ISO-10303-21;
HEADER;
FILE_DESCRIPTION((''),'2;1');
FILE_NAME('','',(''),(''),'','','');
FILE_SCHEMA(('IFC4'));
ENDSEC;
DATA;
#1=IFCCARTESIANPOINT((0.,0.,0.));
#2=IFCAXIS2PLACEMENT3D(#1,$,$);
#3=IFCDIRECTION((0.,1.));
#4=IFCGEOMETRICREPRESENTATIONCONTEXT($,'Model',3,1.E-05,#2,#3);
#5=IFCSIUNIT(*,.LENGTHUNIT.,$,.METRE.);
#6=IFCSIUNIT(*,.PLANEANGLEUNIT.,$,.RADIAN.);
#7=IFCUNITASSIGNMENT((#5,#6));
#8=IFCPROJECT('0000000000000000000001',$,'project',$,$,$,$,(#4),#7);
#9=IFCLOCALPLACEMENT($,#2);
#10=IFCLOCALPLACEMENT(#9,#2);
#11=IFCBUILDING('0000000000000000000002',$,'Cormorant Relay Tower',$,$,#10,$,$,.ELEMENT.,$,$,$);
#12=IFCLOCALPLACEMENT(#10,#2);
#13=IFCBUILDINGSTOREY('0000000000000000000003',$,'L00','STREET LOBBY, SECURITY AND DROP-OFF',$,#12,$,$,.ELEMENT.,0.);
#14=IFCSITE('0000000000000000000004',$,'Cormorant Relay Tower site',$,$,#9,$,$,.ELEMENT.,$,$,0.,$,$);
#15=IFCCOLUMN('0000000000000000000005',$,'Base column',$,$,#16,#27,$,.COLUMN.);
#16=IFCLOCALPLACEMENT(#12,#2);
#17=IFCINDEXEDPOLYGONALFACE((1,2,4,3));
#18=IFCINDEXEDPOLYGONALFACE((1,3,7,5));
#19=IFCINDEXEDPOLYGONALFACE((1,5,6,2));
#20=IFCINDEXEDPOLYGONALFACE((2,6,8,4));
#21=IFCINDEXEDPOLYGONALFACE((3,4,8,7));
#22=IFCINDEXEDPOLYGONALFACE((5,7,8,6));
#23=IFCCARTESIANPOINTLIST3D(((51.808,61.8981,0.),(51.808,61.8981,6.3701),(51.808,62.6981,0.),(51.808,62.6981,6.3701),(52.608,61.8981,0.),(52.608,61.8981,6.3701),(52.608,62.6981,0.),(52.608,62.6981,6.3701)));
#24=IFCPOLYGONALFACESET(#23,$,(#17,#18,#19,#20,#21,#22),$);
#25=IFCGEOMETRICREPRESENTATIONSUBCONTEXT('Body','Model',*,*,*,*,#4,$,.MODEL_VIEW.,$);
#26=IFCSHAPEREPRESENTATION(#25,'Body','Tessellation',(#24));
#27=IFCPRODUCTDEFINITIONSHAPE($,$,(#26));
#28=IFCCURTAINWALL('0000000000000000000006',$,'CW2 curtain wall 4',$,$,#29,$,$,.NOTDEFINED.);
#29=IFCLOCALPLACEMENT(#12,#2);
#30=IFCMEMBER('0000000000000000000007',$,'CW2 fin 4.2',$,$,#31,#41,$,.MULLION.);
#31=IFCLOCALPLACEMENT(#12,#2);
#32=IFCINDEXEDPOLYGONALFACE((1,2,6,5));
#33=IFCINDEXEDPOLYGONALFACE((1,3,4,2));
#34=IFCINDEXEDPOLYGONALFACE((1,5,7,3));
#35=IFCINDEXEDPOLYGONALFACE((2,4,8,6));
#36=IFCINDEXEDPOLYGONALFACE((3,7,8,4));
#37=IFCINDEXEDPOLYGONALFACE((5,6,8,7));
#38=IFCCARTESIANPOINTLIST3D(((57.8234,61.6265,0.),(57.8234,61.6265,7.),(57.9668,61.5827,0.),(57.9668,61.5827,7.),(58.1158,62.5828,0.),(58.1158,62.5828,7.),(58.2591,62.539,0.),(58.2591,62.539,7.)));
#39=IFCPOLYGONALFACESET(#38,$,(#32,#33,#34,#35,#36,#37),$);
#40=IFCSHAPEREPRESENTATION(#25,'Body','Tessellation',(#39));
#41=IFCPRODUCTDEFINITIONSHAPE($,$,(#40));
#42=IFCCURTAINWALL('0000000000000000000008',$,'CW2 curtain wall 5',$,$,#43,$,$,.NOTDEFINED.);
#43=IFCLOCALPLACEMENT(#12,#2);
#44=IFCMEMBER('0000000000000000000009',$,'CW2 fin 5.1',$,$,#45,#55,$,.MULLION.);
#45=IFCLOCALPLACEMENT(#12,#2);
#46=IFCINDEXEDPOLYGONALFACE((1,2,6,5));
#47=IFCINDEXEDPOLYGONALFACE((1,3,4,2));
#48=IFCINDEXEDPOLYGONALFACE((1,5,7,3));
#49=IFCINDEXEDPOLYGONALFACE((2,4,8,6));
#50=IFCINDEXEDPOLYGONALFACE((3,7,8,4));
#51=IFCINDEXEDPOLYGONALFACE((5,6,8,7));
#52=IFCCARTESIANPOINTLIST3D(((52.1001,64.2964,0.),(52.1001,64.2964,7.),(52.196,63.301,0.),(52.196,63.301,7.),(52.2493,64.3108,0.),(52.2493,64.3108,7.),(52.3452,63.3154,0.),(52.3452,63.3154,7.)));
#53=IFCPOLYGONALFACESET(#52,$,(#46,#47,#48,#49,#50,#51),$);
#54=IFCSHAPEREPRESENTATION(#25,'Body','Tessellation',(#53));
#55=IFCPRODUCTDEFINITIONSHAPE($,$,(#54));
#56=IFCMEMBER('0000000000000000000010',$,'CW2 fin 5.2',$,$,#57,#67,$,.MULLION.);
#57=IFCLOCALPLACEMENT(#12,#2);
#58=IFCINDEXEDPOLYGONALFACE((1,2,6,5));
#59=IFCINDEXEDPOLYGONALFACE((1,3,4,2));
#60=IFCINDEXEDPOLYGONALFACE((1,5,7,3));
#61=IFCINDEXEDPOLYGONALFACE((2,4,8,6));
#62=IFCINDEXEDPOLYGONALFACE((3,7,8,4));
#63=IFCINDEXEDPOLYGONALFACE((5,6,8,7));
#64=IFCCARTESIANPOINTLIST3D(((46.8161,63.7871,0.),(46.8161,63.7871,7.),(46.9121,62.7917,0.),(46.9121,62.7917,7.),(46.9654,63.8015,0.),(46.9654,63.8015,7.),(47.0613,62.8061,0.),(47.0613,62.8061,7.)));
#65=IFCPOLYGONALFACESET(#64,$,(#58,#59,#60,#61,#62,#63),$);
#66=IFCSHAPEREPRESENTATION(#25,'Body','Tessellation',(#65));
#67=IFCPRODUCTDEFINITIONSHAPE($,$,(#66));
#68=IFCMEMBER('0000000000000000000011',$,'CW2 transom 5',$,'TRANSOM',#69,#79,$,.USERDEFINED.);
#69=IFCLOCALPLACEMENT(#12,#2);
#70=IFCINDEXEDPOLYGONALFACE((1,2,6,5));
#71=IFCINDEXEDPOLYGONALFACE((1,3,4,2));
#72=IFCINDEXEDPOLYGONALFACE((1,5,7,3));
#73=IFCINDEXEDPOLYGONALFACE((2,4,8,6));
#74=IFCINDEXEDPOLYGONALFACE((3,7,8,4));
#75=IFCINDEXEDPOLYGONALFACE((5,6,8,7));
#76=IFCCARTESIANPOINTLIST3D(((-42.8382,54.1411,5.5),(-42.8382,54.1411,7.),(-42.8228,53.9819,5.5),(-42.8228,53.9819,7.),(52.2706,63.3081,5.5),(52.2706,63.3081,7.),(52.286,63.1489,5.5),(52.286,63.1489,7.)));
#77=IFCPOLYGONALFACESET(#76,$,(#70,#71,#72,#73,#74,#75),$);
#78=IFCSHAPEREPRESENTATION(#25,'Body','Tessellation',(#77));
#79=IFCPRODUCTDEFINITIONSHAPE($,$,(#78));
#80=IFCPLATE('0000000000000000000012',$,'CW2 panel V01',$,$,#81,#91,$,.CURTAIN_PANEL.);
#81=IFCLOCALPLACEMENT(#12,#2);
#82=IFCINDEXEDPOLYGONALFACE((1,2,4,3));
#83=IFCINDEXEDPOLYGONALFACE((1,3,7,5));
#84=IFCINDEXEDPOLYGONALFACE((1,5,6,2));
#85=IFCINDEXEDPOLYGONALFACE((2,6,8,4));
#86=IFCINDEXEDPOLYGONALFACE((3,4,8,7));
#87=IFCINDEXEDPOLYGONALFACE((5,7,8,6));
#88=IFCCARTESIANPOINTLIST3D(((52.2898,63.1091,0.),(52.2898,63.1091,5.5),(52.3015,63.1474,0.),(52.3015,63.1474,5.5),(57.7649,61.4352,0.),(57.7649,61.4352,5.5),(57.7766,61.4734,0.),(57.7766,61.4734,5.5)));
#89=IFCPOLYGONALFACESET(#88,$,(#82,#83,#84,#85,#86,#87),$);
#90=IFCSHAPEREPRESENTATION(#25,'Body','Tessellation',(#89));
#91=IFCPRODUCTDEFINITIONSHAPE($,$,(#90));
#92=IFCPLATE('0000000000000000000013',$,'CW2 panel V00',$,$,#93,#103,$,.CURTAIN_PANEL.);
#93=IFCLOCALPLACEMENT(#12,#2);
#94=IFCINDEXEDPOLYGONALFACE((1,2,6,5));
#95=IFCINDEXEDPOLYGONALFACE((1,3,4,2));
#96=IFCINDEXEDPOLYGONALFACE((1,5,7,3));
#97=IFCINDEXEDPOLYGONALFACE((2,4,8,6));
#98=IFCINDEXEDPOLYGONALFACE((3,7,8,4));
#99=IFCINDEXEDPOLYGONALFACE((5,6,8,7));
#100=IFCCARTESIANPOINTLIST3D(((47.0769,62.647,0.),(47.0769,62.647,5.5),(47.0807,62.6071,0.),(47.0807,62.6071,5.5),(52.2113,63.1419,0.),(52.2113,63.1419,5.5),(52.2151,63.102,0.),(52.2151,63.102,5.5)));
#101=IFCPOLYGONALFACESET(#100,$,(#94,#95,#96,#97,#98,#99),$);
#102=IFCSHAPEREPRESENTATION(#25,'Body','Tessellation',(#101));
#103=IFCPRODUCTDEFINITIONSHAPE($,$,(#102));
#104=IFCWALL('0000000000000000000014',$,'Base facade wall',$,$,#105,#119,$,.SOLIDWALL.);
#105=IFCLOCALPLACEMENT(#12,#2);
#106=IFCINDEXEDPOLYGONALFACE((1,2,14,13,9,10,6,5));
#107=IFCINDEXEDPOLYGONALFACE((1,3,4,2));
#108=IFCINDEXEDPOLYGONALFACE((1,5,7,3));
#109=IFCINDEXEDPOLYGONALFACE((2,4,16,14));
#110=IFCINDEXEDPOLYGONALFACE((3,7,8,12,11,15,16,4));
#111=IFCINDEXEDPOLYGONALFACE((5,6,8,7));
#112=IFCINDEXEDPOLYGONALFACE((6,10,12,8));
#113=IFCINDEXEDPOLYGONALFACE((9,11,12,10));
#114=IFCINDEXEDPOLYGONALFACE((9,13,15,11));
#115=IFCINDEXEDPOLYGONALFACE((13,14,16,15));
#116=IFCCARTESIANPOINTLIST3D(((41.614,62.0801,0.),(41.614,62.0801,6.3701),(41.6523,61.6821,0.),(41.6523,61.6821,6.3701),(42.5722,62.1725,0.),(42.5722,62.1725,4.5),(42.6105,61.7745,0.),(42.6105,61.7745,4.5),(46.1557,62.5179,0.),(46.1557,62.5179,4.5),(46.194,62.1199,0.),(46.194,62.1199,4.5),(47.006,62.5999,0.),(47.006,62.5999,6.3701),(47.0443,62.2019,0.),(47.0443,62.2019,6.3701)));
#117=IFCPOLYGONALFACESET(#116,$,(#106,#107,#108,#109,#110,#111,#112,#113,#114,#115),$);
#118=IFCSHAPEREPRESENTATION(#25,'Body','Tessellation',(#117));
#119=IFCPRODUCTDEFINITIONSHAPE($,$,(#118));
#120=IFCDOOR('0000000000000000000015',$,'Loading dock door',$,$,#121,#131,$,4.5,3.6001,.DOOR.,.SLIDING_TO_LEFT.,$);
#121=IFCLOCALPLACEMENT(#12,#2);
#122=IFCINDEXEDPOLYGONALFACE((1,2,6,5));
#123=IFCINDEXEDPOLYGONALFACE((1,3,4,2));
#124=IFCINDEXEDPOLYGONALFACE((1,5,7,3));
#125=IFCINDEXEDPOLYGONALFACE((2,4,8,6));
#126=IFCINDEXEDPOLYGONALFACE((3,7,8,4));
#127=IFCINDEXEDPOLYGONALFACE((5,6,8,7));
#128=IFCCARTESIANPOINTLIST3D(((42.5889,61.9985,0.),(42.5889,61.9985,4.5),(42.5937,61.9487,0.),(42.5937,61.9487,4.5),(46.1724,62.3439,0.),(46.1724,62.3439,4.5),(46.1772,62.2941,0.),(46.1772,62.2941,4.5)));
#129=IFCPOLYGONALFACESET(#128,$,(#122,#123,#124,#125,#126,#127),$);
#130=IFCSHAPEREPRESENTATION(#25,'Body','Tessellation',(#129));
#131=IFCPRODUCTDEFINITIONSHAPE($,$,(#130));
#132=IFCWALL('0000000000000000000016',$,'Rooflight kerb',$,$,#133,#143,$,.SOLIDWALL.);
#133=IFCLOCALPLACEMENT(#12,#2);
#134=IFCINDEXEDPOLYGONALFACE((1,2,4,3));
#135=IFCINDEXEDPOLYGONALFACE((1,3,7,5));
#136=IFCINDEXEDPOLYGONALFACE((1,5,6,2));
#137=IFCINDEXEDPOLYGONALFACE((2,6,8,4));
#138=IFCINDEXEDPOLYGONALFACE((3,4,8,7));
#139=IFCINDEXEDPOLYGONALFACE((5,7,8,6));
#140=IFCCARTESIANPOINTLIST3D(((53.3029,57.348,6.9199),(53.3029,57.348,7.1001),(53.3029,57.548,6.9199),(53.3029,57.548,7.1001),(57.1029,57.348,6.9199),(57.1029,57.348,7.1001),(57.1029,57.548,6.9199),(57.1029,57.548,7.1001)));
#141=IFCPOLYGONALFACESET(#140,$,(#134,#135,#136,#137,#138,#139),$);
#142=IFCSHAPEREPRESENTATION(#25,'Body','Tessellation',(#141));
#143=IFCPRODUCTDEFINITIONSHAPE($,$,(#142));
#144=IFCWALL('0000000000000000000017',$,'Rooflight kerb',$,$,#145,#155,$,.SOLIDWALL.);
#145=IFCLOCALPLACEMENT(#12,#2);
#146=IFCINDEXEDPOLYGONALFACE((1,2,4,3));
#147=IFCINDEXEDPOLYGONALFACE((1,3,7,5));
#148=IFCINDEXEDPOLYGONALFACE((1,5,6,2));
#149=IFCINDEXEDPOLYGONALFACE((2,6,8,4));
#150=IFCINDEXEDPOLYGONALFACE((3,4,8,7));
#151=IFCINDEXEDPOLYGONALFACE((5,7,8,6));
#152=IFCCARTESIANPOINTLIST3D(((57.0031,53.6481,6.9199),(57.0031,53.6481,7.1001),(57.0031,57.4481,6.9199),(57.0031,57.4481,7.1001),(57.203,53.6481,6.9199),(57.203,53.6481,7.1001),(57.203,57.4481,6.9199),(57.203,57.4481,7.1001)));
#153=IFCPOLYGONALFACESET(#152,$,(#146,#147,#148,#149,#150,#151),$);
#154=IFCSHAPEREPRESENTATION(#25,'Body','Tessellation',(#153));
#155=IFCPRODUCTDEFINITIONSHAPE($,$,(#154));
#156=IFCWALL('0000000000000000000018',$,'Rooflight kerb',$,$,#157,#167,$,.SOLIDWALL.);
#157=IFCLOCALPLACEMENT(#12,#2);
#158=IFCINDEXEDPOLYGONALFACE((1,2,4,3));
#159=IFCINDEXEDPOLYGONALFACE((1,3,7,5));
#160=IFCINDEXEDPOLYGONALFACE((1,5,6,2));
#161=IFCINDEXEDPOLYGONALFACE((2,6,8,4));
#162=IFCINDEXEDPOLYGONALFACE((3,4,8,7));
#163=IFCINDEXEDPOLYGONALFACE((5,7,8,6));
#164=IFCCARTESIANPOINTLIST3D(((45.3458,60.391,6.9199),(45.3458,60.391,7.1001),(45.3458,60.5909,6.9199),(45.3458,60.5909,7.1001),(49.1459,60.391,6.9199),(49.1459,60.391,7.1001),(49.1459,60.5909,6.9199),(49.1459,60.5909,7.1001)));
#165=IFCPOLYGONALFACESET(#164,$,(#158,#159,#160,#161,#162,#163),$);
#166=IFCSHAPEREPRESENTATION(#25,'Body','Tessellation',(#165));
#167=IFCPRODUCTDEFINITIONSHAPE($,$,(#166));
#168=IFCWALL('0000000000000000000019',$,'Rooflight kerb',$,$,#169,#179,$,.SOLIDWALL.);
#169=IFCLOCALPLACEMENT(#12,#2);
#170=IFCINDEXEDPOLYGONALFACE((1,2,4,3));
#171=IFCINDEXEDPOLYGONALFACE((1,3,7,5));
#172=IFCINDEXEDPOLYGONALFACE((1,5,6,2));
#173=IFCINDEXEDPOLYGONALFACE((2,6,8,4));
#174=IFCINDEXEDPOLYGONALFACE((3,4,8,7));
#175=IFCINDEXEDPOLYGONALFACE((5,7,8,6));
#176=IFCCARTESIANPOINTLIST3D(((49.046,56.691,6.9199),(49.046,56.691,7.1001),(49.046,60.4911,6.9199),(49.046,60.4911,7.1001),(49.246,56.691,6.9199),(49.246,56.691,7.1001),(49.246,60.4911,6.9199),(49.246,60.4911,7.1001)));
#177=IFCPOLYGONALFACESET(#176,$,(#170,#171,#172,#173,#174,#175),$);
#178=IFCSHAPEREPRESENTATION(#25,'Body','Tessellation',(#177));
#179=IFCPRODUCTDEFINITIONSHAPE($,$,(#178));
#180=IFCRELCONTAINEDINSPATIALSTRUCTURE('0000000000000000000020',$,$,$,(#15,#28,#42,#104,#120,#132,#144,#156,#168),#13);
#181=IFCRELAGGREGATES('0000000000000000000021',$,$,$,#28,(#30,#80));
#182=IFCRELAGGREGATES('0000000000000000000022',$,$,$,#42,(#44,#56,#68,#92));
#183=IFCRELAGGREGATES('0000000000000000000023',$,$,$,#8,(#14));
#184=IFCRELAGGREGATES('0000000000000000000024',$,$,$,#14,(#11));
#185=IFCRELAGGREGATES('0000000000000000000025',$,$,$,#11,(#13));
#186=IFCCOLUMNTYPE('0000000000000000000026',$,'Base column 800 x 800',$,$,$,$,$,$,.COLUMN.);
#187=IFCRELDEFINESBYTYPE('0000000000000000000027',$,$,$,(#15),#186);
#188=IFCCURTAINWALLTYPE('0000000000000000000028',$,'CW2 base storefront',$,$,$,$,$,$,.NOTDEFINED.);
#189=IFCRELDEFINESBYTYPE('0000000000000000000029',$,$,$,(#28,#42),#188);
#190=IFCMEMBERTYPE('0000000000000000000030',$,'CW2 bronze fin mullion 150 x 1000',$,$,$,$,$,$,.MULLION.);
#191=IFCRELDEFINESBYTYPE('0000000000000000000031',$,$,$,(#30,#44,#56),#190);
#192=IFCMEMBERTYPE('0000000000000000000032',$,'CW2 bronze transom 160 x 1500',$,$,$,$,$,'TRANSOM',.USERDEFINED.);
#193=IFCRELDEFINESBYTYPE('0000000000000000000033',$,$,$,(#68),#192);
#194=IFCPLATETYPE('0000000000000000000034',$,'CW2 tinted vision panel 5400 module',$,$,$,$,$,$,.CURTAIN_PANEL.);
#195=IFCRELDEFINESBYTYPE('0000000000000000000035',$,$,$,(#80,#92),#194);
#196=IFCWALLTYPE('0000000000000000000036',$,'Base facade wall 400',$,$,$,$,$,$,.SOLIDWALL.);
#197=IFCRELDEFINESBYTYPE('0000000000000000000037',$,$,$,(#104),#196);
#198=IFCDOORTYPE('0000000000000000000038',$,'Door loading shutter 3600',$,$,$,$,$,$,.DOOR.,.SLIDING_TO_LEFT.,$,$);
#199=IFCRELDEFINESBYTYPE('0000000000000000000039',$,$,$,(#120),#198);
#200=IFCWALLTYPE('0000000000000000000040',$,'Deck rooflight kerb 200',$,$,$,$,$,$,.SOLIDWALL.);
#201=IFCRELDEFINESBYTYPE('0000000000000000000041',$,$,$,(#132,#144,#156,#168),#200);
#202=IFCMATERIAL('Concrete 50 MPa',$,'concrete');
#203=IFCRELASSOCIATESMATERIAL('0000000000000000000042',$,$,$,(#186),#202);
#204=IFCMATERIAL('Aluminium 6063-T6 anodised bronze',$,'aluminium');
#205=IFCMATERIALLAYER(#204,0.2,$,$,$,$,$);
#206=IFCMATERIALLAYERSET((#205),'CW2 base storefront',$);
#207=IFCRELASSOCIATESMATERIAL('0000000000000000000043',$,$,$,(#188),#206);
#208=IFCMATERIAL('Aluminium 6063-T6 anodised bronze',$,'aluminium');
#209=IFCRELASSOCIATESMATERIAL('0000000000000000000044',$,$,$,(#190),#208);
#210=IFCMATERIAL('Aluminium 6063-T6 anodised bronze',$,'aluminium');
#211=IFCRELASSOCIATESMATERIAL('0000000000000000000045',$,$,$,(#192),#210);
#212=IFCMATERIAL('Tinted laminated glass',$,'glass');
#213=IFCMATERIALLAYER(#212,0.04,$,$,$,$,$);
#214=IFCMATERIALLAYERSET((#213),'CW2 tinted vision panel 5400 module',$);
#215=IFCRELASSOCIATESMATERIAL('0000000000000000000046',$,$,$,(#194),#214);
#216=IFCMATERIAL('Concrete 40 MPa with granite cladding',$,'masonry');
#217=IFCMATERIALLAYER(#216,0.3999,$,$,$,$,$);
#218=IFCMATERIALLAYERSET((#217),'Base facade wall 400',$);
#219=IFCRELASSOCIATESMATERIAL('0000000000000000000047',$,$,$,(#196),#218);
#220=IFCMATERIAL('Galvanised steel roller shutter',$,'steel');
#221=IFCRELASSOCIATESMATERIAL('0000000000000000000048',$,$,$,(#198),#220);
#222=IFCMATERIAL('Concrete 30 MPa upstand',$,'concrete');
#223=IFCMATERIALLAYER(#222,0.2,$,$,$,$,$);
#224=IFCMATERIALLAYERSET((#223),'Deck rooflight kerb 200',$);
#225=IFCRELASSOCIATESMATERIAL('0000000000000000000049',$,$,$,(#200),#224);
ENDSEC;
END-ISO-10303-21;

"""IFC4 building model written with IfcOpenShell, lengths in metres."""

from ifc_helpers import new_model, si_unit, direction, frame, frame_2d, origin, origin_2d, place, context, subcontext, project, spatial, rectangle, extrude, material, layer, layer_set, material_profile, profile_set, type_object, element, fill, aggregate, save


model = new_model("IFC4")

# Units and contexts
model_context = context("Model", 3, precision=1e-05, world=origin(), true_north=direction((0.0, 1.0)))
body_context = subcontext(model_context, "Body", "Model", "MODEL_VIEW")
ifc_project = project(units=[si_unit("LENGTHUNIT", "METRE"), si_unit("PLANEANGLEUNIT", "RADIAN")], contexts=[model_context])

# Site, building, storey
site_placement = place(None, origin())
site = spatial("IfcSite", under=ifc_project, at=site_placement, Name="Cormorant Relay Tower site", CompositionType="ELEMENT", RefElevation=0.0)
building_placement = place(site_placement, origin())
building = spatial("IfcBuilding", under=site, at=building_placement, Name="Cormorant Relay Tower", CompositionType="ELEMENT")
storey_placement = place(building_placement, origin())
storey = spatial("IfcBuildingStorey", under=building, at=storey_placement, Name="L00", Description="STREET LOBBY, SECURITY AND DROP-OFF", CompositionType="ELEMENT", Elevation=0.0)

# Column
ifc_material_1 = material(Name="Concrete 50 MPa", Category="concrete")
ifc_material_profile_1 = material_profile(ifc_material_1, rectangle(XDim=0.8, YDim=0.8, at=origin_2d()), Name="RC 800x800")
ifc_profile_set_1 = profile_set([ifc_material_profile_1], Name="Concrete 50 MPa")
column_type = type_object("IfcColumnType", Name="Base column 800 x 800", PredefinedType="COLUMN", material=ifc_profile_set_1)
column_placement = place(storey_placement, frame((52.208, 62.2981, 0.0), z_axis=(0.0, 0.0, 1.0), x_axis=(1.0, 0.0, 0.0)))
element("IfcColumn", 1, at=column_placement, inside=storey, type_object=column_type, Name="Base column", PredefinedType="COLUMN", context=body_context, shape_type="SweptSolid", body=[
    extrude(rectangle(XDim=0.8, YDim=0.8, at=origin_2d()), origin(), (0.0, 0.0, 1.0), 6.3701),
])

# Curtain wall, member
ifc_material_2 = material(Name="Aluminium 6063-T6 anodised bronze", Category="aluminium")
ifc_layer_1 = layer(ifc_material_2, 0.2)
ifc_layer_set_1 = layer_set([ifc_layer_1], Name="CW2 base storefront")
curtain_wall_type = type_object("IfcCurtainWallType", Name="CW2 base storefront", PredefinedType="NOTDEFINED", material=ifc_layer_set_1)
curtain_wall_1_placement = place(storey_placement, origin())
curtain_wall_1 = element("IfcCurtainWall", 2, at=curtain_wall_1_placement, inside=storey, type_object=curtain_wall_type, Name="CW2 curtain wall 4", PredefinedType="NOTDEFINED")
ifc_material_3 = material(Name="Aluminium 6063-T6 anodised bronze", Category="aluminium")
ifc_material_profile_2 = material_profile(ifc_material_3, rectangle(XDim=0.1499, YDim=1.0, at=origin_2d()), Name="AL 150x1000")
ifc_profile_set_2 = profile_set([ifc_material_profile_2], Name="Aluminium 6063-T6 anodised bronze")
member_type_1 = type_object("IfcMemberType", Name="CW2 bronze fin mullion 150 x 1000", PredefinedType="MULLION", material=ifc_profile_set_2)
member_1_placement = place(storey_placement, frame((58.0413, 62.0828, 0.0), z_axis=(0.0, 0.0, 1.0), x_axis=(-0.956305, 0.292372, 0.0)))
member_1 = element("IfcMember", 3, at=member_1_placement, type_object=member_type_1, Name="CW2 fin 4.2", PredefinedType="MULLION", context=body_context, shape_type="SweptSolid", body=[
    extrude(rectangle(XDim=0.1499, YDim=1.0, at=origin_2d()), origin(), (0.0, 0.0, 1.0), 7.0),
])

# Curtain wall, members
curtain_wall_2_placement = place(storey_placement, origin())
curtain_wall_2 = element("IfcCurtainWall", 4, at=curtain_wall_2_placement, inside=storey, type_object=curtain_wall_type, Name="CW2 curtain wall 5", PredefinedType="NOTDEFINED")
member_2_placement = place(storey_placement, frame((52.2227, 63.8059, 0.0), z_axis=(0.0, 0.0, 1.0), x_axis=(-0.995387, -0.09594, 0.0)))
member_2 = element("IfcMember", 5, at=member_2_placement, type_object=member_type_1, Name="CW2 fin 5.1", PredefinedType="MULLION", context=body_context, shape_type="SweptSolid", body=[
    extrude(rectangle(XDim=0.1499, YDim=1.0, at=origin_2d()), origin(), (0.0, 0.0, 1.0), 7.0),
])
member_3_placement = place(storey_placement, frame((46.9387, 63.2966, 0.0), z_axis=(0.0, 0.0, 1.0), x_axis=(-0.995387, -0.09594, 0.0)))
member_3 = element("IfcMember", 6, at=member_3_placement, type_object=member_type_1, Name="CW2 fin 5.2", PredefinedType="MULLION", context=body_context, shape_type="SweptSolid", body=[
    extrude(rectangle(XDim=0.1499, YDim=1.0, at=origin_2d()), origin(), (0.0, 0.0, 1.0), 7.0),
])
ifc_material_4 = material(Name="Aluminium 6063-T6 anodised bronze", Category="aluminium")
ifc_material_profile_3 = material_profile(ifc_material_4, rectangle(XDim=0.1599, YDim=1.5, at=origin_2d()), Name="AL 160x1500")
ifc_profile_set_3 = profile_set([ifc_material_profile_3], Name="Aluminium 6063-T6 anodised bronze")
member_type_2 = type_object("IfcMemberType", Name="CW2 bronze transom 160 x 1500", ElementType="TRANSOM", PredefinedType="USERDEFINED", material=ifc_profile_set_3)
member_4_placement = place(storey_placement, frame((52.2783, 63.2285, 6.25), z_axis=(-0.995387, -0.09594, 0.0), x_axis=(0.09594, -0.995387, 0.0)))
member_4 = element("IfcMember", 7, at=member_4_placement, type_object=member_type_2, Name="CW2 transom 5", ObjectType="TRANSOM", PredefinedType="USERDEFINED", context=body_context, shape_type="SweptSolid", body=[
    extrude(rectangle(XDim=0.1599, YDim=1.5, at=origin_2d()), origin(), (0.0, 0.0, 1.0), 95.5496),
])

# Plates
ifc_material_5 = material(Name="Tinted laminated glass", Category="glass")
ifc_layer_2 = layer(ifc_material_5, 0.04)
ifc_layer_set_2 = layer_set([ifc_layer_2], Name="CW2 tinted vision panel 5400 module")
plate_type = type_object("IfcPlateType", Name="CW2 tinted vision panel 5400 module", PredefinedType="CURTAIN_PANEL", material=ifc_layer_set_2)
plate_1_placement = place(storey_placement, frame((55.0332, 62.2913, 0.0), z_axis=(0.0, 0.0, 1.0), x_axis=(-0.956305, 0.292372, 0.0)))
plate_1 = element("IfcPlate", 8, at=plate_1_placement, type_object=plate_type, Name="CW2 panel V01", PredefinedType="CURTAIN_PANEL", context=body_context, shape_type="SweptSolid", body=[
    extrude(rectangle(XDim=5.7253, YDim=0.04, at=origin_2d()), origin(), (0.0, 0.0, 1.0), 5.5),
])
aggregate(curtain_wall_1, [member_1, plate_1])
plate_2_placement = place(storey_placement, frame((49.646, 62.8745, 0.0), z_axis=(0.0, 0.0, 1.0), x_axis=(-0.995387, -0.09594, 0.0)))
plate_2 = element("IfcPlate", 9, at=plate_2_placement, type_object=plate_type, Name="CW2 panel V00", PredefinedType="CURTAIN_PANEL", context=body_context, shape_type="SweptSolid", body=[
    extrude(rectangle(XDim=5.1582, YDim=0.04, at=origin_2d()), origin(), (0.0, 0.0, 1.0), 5.5),
])
aggregate(curtain_wall_2, [member_2, member_3, member_4, plate_2])

# Wall, opening, door
ifc_material_6 = material(Name="Concrete 40 MPa with granite cladding", Category="masonry")
ifc_layer_3 = layer(ifc_material_6, 0.3999)
ifc_layer_set_3 = layer_set([ifc_layer_3], Name="Base facade wall 400")
wall_type_1 = type_object("IfcWallType", Name="Base facade wall 400", PredefinedType="SOLIDWALL", material=ifc_layer_set_3)
wall_1_placement = place(storey_placement, frame((47.0251, 62.4009, 0.0), z_axis=(0.0, 0.0, 1.0), x_axis=(-0.995386, -0.095951, 0.0)))
wall_1 = element("IfcWall", 10, at=wall_1_placement, inside=storey, type_object=wall_type_1, Name="Base facade wall", PredefinedType="SOLIDWALL", context=body_context, shape_type="SweptSolid", body=[
    extrude(rectangle(XDim=5.417, YDim=0.3999, at=frame_2d((2.7085, 0.0))), origin(), (0.0, 0.0, 1.0), 6.3701),
])
opening_placement = place(wall_1_placement, frame((0.8542, 0.0, 0.0)))
opening = element("IfcOpeningElement", 11, at=opening_placement, cuts=wall_1, PredefinedType="OPENING", context=body_context, shape_type="SweptSolid", body=[
    extrude(rectangle(XDim=3.6001, YDim=4.5, at=frame_2d((1.8, 2.25))), frame((0.0, 0.21, 0.0), z_axis=(0.0, -1.0, 0.0), x_axis=(1.0, 0.0, 0.0)), (0.0, 0.0, 1.0), 0.4199),
])
ifc_material_7 = material(Name="Galvanised steel roller shutter", Category="steel")
door_type = type_object("IfcDoorType", Name="Door loading shutter 3600", OperationType="SLIDING_TO_LEFT", PredefinedType="DOOR", material=ifc_material_7)
door_placement = place(opening_placement, origin())
door = element("IfcDoor", 12, at=door_placement, inside=storey, type_object=door_type, Name="Loading dock door", OperationType="SLIDING_TO_LEFT", OverallHeight=4.5, OverallWidth=3.6001, PredefinedType="DOOR", context=body_context, shape_type="SweptSolid", body=[
    extrude(rectangle(XDim=3.6001, YDim=4.5, at=frame_2d((1.8, 2.25))), frame((0.0, 0.0249, 0.0), z_axis=(0.0, -1.0, 0.0), x_axis=(1.0, 0.0, 0.0)), (0.0, 0.0, 1.0), 0.05),
])
fill(opening, door)

# Walls
ifc_material_8 = material(Name="Concrete 30 MPa upstand", Category="concrete")
ifc_layer_4 = layer(ifc_material_8, 0.2)
ifc_layer_set_4 = layer_set([ifc_layer_4], Name="Deck rooflight kerb 200")
wall_type_2 = type_object("IfcWallType", Name="Deck rooflight kerb 200", PredefinedType="SOLIDWALL", material=ifc_layer_set_4)
for number, where, z_axis, x_axis, name in (
    (13, (53.303, 57.448, 6.9199), (0.0, 0.0, 1.0), (1.0, 0.0, 0.0), "Rooflight kerb"),
    (14, (57.103, 57.448, 6.9199), (0.0, 0.0, 1.0), (0.0, -1.0, 0.0), "Rooflight kerb"),
    (15, (45.3459, 60.491, 6.9199), (0.0, 0.0, 1.0), (1.0, 0.0, 0.0), "Rooflight kerb"),
    (16, (49.146, 60.491, 6.9199), (0.0, 0.0, 1.0), (0.0, -1.0, 0.0), "Rooflight kerb"),
):
    element("IfcWall", number, at=place(storey_placement, frame(where, z_axis=z_axis, x_axis=x_axis)), inside=storey, type_object=wall_type_2, Name=name, PredefinedType="SOLIDWALL", context=body_context, shape_type="SweptSolid", body=[
        extrude(rectangle(XDim=3.8, YDim=0.2, at=frame_2d((1.8999, 0.0))), origin(), (0.0, 0.0, 1.0), 0.1802),
    ])

save(model, "model.ifc")
